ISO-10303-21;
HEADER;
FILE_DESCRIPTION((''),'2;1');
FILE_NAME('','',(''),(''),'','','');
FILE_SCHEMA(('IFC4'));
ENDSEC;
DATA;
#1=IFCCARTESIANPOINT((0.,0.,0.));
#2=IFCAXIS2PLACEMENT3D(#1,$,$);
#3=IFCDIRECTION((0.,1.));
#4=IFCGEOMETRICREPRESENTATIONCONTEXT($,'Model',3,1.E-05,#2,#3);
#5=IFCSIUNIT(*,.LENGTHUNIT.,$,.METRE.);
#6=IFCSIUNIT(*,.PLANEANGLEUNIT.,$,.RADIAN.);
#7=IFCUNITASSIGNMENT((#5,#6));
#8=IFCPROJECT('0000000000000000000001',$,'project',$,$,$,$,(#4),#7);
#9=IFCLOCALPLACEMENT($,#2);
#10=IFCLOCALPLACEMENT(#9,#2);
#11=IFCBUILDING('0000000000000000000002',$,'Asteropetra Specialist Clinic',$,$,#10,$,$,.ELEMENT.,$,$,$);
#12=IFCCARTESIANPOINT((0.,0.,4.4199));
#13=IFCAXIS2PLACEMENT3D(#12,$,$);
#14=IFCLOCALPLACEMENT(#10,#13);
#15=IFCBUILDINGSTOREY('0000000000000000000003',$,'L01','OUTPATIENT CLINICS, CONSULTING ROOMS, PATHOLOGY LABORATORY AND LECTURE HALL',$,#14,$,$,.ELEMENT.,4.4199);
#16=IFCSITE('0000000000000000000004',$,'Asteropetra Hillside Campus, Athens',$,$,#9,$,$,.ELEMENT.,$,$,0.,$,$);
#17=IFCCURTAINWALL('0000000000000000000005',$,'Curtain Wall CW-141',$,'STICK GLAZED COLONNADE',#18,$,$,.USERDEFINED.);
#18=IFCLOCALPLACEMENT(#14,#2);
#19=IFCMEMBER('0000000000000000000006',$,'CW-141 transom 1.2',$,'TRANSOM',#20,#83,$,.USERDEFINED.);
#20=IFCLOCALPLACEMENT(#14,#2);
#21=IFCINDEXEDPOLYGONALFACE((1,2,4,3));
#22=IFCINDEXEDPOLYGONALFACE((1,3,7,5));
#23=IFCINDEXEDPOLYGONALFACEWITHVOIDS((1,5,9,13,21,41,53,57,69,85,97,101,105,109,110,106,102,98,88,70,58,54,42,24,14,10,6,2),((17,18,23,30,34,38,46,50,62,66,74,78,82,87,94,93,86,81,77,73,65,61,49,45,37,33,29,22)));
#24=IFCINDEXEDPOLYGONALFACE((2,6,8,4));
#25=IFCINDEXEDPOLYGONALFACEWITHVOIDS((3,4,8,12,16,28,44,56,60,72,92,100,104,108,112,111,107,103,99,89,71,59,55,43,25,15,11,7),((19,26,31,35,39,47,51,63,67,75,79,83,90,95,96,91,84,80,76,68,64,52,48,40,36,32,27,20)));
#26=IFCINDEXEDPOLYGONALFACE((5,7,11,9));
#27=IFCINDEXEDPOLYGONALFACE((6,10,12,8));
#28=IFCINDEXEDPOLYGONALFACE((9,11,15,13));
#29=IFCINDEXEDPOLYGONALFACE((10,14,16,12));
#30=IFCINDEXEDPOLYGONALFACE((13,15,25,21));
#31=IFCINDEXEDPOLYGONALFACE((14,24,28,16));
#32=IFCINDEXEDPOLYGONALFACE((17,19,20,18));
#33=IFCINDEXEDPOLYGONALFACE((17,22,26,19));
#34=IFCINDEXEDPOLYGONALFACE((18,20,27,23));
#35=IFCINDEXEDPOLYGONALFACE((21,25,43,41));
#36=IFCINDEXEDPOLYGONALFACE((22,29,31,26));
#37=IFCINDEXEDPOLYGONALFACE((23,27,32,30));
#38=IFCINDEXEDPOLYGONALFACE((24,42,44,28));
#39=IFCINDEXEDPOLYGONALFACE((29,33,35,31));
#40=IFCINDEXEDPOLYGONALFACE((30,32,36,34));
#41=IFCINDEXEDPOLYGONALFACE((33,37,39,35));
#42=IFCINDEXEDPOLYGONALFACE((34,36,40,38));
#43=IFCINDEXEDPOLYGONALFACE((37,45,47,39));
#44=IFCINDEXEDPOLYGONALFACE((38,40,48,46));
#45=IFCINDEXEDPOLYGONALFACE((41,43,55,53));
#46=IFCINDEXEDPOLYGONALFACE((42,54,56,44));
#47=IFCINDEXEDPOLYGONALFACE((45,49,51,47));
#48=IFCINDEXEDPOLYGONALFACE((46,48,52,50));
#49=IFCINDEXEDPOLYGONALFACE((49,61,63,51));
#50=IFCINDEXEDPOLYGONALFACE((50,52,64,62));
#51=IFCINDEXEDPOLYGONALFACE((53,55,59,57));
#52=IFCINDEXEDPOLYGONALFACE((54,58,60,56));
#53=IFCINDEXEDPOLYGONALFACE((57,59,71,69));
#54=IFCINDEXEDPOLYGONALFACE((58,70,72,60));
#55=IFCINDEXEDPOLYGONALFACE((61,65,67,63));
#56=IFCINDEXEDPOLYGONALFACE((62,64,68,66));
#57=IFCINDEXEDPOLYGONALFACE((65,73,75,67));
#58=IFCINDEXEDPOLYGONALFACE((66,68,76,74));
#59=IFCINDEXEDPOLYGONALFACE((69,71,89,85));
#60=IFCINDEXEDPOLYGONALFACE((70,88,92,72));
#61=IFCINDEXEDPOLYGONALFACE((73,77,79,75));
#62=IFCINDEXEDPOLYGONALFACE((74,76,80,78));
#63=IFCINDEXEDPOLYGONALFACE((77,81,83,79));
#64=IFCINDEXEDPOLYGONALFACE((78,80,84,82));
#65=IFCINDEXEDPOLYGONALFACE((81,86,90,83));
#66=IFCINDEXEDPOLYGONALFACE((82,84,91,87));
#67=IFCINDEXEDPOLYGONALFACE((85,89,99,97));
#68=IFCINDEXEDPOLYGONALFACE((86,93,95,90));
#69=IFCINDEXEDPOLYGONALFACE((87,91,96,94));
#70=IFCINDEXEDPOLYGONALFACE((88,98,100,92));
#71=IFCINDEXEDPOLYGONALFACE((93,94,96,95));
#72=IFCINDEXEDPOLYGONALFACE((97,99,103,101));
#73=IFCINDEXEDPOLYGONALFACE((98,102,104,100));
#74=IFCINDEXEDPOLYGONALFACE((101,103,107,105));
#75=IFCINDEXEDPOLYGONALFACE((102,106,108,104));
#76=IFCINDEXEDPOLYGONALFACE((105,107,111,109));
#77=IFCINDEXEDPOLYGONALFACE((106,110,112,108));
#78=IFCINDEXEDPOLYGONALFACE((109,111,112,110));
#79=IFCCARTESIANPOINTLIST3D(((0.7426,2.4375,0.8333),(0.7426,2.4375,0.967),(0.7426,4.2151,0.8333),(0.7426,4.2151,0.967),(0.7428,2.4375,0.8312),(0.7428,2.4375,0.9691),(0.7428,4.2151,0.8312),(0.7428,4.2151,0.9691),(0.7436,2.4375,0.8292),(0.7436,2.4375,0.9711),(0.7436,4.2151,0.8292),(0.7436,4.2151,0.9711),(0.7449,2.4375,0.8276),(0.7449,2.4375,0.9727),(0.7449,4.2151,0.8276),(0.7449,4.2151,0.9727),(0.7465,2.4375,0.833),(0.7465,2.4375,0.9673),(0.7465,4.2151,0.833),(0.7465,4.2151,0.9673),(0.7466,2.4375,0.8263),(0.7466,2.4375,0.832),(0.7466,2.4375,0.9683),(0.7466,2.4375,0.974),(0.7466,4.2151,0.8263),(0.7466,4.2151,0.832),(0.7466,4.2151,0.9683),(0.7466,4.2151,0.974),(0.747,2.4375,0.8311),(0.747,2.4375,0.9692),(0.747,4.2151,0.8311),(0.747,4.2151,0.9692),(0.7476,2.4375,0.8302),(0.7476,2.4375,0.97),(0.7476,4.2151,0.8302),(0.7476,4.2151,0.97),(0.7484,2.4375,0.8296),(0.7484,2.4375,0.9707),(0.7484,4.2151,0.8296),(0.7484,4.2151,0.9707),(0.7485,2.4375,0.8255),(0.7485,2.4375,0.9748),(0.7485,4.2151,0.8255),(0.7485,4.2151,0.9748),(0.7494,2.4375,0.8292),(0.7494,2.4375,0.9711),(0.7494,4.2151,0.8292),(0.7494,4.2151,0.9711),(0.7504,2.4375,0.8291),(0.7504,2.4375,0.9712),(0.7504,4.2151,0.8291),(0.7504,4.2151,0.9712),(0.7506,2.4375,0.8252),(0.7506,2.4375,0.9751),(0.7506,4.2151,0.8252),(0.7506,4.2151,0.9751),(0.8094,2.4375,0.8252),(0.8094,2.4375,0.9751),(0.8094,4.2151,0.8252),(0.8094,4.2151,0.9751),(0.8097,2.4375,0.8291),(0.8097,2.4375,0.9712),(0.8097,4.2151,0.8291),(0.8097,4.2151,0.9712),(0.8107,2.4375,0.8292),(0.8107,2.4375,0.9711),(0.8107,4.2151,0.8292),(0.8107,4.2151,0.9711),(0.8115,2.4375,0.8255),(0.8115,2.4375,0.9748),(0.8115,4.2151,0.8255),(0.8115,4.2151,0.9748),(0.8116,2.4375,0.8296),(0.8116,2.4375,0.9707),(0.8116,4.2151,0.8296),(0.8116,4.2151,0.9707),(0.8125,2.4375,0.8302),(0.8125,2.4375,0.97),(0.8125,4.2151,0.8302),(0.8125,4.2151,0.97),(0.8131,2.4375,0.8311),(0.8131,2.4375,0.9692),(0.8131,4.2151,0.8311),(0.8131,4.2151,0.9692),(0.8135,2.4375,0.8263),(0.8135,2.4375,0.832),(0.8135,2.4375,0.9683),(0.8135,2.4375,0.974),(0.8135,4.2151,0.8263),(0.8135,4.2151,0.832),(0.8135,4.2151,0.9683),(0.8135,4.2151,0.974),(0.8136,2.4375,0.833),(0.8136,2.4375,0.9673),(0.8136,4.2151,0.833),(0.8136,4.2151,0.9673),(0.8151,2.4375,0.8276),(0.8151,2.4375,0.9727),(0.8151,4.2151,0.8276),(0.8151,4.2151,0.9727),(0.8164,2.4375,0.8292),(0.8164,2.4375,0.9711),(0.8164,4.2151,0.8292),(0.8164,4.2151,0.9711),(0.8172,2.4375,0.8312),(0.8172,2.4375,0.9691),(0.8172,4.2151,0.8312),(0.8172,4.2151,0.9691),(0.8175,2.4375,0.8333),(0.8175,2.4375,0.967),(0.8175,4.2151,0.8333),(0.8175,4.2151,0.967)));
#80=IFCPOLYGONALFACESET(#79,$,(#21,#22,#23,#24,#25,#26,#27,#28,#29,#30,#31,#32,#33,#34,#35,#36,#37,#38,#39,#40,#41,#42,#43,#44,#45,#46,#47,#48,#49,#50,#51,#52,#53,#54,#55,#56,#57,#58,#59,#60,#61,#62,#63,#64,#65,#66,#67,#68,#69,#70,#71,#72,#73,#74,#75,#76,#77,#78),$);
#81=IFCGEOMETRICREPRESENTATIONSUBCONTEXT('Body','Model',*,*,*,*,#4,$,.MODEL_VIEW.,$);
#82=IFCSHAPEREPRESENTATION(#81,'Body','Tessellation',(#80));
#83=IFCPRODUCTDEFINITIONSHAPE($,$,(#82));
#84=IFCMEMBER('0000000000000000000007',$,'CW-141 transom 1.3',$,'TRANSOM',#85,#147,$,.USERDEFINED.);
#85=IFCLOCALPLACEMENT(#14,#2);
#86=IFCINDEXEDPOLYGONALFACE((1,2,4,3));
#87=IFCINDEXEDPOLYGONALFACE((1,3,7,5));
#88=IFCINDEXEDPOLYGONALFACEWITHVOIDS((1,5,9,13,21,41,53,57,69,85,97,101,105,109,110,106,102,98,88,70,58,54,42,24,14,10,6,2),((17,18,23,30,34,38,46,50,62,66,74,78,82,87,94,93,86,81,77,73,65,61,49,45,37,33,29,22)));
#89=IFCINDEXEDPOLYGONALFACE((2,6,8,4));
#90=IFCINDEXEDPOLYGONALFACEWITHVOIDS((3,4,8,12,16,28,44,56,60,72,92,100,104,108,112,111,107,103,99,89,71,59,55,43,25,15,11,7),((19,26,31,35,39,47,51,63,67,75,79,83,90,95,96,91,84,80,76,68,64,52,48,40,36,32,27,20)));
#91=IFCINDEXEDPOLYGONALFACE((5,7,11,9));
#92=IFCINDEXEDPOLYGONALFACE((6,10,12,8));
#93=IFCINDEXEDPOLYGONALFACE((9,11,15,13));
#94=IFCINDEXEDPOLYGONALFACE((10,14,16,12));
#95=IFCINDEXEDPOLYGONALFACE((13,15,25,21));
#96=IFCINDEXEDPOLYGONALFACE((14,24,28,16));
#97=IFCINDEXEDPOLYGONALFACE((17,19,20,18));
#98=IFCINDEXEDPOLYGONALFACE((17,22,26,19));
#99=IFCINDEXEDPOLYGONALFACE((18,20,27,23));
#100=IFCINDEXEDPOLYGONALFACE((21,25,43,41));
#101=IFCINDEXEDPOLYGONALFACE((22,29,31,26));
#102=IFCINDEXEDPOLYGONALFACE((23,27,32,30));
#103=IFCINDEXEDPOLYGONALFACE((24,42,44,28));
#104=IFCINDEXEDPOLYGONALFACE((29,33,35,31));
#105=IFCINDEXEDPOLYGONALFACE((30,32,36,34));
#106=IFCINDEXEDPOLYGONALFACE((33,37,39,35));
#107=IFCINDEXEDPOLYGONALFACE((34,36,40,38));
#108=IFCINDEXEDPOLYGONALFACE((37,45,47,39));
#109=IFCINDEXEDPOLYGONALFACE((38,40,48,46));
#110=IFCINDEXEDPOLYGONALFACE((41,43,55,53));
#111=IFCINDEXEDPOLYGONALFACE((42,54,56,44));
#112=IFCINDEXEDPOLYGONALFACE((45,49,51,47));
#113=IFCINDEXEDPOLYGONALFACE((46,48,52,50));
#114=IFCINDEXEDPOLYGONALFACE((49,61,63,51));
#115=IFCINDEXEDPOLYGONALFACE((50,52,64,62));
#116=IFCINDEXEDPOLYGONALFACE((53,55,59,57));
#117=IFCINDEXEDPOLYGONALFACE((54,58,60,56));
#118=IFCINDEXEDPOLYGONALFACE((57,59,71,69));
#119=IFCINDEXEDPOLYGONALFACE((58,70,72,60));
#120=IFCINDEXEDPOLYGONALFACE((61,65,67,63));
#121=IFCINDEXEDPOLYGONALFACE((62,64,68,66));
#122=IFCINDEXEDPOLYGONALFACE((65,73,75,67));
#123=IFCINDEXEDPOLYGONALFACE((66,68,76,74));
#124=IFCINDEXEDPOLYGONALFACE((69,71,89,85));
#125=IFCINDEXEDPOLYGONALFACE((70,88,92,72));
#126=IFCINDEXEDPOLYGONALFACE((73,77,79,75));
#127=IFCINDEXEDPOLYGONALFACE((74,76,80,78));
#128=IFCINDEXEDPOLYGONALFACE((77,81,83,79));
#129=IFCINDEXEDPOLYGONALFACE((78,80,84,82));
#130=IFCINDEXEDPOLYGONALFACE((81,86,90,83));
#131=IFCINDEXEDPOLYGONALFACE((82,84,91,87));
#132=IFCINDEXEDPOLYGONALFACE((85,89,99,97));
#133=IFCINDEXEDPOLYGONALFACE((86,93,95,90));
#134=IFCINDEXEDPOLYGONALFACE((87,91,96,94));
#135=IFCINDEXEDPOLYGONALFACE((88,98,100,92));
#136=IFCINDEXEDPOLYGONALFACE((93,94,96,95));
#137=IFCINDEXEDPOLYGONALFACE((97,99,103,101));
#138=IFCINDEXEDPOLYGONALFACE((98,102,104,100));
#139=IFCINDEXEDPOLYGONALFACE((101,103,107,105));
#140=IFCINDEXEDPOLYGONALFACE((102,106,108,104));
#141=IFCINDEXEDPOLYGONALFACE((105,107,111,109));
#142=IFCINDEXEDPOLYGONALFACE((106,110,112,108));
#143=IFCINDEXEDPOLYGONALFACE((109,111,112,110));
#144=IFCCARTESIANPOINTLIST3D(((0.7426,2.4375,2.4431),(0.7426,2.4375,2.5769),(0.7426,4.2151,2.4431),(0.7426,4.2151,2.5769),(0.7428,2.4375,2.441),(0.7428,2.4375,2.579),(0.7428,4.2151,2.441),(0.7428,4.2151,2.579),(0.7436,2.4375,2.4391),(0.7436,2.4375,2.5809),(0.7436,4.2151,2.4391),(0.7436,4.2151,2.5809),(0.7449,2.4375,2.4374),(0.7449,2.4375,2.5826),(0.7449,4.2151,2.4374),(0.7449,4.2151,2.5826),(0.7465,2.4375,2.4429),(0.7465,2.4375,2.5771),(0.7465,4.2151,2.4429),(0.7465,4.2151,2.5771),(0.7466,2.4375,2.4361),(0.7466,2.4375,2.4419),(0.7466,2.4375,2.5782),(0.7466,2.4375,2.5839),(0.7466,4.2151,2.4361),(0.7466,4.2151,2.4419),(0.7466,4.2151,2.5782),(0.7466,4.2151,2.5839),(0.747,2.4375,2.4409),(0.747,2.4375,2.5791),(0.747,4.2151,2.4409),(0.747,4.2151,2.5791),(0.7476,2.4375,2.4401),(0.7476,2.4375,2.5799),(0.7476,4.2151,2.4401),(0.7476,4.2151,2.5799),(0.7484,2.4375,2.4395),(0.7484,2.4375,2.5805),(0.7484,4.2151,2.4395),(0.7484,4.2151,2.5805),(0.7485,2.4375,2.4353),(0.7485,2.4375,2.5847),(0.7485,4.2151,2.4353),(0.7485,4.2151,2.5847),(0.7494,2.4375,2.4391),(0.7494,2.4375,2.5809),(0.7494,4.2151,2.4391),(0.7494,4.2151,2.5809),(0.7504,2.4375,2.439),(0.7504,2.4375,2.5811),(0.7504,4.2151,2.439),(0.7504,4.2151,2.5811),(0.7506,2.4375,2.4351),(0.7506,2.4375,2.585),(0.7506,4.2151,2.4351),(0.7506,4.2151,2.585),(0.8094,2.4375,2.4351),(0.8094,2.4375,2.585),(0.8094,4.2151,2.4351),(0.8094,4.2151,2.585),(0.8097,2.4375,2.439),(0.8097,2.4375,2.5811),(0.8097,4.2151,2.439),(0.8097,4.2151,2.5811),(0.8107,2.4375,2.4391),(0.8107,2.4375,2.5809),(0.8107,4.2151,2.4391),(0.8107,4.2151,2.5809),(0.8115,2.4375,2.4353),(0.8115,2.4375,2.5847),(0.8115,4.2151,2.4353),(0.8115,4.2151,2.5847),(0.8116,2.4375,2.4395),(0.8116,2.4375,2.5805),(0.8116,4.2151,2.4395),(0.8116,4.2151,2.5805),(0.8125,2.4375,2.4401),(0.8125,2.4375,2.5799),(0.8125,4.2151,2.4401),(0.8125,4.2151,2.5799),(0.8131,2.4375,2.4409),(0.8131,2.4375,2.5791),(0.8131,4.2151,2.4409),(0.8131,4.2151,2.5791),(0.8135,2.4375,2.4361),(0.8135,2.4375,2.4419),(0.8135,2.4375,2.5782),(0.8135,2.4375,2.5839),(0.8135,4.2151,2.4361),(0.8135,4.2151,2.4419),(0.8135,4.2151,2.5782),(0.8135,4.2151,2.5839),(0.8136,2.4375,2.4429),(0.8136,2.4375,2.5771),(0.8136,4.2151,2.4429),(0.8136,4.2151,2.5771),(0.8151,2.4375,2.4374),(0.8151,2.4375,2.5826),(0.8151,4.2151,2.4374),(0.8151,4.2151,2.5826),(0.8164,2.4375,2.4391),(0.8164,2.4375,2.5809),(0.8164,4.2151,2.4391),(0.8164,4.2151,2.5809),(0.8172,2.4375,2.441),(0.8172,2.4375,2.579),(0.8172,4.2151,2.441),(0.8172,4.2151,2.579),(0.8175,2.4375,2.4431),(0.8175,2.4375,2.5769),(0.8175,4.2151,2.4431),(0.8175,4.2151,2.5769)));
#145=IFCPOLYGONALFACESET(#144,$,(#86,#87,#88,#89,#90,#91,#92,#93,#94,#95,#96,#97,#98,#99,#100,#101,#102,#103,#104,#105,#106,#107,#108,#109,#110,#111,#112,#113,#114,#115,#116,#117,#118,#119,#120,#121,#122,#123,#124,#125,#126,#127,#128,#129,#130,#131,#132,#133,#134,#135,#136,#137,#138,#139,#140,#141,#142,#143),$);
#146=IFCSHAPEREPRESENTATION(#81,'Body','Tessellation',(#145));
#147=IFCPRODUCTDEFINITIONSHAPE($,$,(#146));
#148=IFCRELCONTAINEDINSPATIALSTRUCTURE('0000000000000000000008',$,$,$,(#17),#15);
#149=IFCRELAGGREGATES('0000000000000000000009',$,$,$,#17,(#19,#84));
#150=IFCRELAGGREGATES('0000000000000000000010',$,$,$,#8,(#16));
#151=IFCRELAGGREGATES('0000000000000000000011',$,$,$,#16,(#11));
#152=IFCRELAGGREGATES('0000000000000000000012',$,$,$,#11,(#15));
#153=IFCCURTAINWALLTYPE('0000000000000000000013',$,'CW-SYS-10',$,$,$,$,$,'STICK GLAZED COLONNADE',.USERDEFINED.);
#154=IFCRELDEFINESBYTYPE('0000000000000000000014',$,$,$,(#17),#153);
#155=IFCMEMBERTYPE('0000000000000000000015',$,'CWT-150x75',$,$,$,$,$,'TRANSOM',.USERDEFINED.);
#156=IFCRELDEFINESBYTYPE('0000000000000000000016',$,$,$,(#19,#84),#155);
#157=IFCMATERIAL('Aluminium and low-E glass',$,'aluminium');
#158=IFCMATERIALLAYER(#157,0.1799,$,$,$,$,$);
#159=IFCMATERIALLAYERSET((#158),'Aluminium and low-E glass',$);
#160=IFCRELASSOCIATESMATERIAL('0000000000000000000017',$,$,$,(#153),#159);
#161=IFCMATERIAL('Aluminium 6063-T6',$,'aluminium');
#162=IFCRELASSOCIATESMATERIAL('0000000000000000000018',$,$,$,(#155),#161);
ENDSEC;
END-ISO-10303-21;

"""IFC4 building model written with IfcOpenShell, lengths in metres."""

from ifc_helpers import new_model, si_unit, direction, frame, origin, origin_2d, place, context, subcontext, project, spatial, hollow_rectangle, extrude, material, layer, layer_set, material_profile, profile_set, type_object, element, aggregate, save


model = new_model("IFC4")

# Units and contexts
model_context = context("Model", 3, precision=1e-05, world=origin(), true_north=direction((0.0, 1.0)))
body_context = subcontext(model_context, "Body", "Model", "MODEL_VIEW")
ifc_project = project(units=[si_unit("LENGTHUNIT", "METRE"), si_unit("PLANEANGLEUNIT", "RADIAN")], contexts=[model_context])

# Site, building, storey
site_placement = place(None, origin())
site = spatial("IfcSite", under=ifc_project, at=site_placement, Name="Asteropetra Hillside Campus, Athens", CompositionType="ELEMENT", RefElevation=0.0)
building_placement = place(site_placement, origin())
building = spatial("IfcBuilding", under=site, at=building_placement, Name="Asteropetra Specialist Clinic", CompositionType="ELEMENT")
storey_placement = place(building_placement, frame((0.0, 0.0, 4.4199)))
storey = spatial("IfcBuildingStorey", under=building, at=storey_placement, Name="L01", Description="OUTPATIENT CLINICS, CONSULTING ROOMS, PATHOLOGY LABORATORY AND LECTURE HALL", CompositionType="ELEMENT", Elevation=4.4199)

# Curtain wall
ifc_material_1 = material(Name="Aluminium and low-E glass", Category="aluminium")
ifc_layer_1 = layer(ifc_material_1, 0.1799)
ifc_layer_set_1 = layer_set([ifc_layer_1], Name="Aluminium and low-E glass")
curtain_wall_type_1 = type_object("IfcCurtainWallType", Name="CW-SYS-10", ElementType="STICK GLAZED COLONNADE", PredefinedType="USERDEFINED", material=ifc_layer_set_1)
curtain_wall_1_placement = place(storey_placement, origin())
curtain_wall_1 = element("IfcCurtainWall", 1, at=curtain_wall_1_placement, inside=storey, type_object=curtain_wall_type_1, Name="Curtain Wall CW-141", ObjectType="STICK GLAZED COLONNADE", PredefinedType="USERDEFINED")

# Members
ifc_material_2 = material(Name="Aluminium 6063-T6", Category="aluminium")
ifc_material_profile_1 = material_profile(ifc_material_2, hollow_rectangle(XDim=0.075, YDim=0.1499, WallThickness=0.0039, InnerFilletRadius=0.0039, OuterFilletRadius=0.0081, at=origin_2d()), Name="TRN 150x75x4.0")
ifc_profile_set_1 = profile_set([ifc_material_profile_1], Name="Aluminium 6063-T6")
member_type_1 = type_object("IfcMemberType", Name="CWT-150x75", ElementType="TRANSOM", PredefinedType="USERDEFINED", material=ifc_profile_set_1)
member_1_placement = place(storey_placement, frame((0.78, 4.2151, 0.9001), z_axis=(0.0, -1.0, 0.0), x_axis=(1.0, 0.0, 0.0)))
member_1 = element("IfcMember", 2, at=member_1_placement, type_object=member_type_1, Name="CW-141 transom 1.2", ObjectType="TRANSOM", PredefinedType="USERDEFINED", context=body_context, shape_type="SweptSolid", body=[
    extrude(hollow_rectangle(XDim=0.075, YDim=0.1499, WallThickness=0.0039, InnerFilletRadius=0.0039, OuterFilletRadius=0.0081, at=origin_2d()), origin(), (0.0, 0.0, 1.0), 1.7776),
])
member_2_placement = place(storey_placement, frame((0.78, 4.2151, 2.51), z_axis=(0.0, -1.0, 0.0), x_axis=(1.0, 0.0, 0.0)))
member_2 = element("IfcMember", 3, at=member_2_placement, type_object=member_type_1, Name="CW-141 transom 1.3", ObjectType="TRANSOM", PredefinedType="USERDEFINED", context=body_context, shape_type="SweptSolid", body=[
    extrude(hollow_rectangle(XDim=0.075, YDim=0.1499, WallThickness=0.0039, InnerFilletRadius=0.0039, OuterFilletRadius=0.0081, at=origin_2d()), origin(), (0.0, 0.0, 1.0), 1.7776),
])

aggregate(curtain_wall_1, [member_1, member_2])

save(model, "model.ifc")
